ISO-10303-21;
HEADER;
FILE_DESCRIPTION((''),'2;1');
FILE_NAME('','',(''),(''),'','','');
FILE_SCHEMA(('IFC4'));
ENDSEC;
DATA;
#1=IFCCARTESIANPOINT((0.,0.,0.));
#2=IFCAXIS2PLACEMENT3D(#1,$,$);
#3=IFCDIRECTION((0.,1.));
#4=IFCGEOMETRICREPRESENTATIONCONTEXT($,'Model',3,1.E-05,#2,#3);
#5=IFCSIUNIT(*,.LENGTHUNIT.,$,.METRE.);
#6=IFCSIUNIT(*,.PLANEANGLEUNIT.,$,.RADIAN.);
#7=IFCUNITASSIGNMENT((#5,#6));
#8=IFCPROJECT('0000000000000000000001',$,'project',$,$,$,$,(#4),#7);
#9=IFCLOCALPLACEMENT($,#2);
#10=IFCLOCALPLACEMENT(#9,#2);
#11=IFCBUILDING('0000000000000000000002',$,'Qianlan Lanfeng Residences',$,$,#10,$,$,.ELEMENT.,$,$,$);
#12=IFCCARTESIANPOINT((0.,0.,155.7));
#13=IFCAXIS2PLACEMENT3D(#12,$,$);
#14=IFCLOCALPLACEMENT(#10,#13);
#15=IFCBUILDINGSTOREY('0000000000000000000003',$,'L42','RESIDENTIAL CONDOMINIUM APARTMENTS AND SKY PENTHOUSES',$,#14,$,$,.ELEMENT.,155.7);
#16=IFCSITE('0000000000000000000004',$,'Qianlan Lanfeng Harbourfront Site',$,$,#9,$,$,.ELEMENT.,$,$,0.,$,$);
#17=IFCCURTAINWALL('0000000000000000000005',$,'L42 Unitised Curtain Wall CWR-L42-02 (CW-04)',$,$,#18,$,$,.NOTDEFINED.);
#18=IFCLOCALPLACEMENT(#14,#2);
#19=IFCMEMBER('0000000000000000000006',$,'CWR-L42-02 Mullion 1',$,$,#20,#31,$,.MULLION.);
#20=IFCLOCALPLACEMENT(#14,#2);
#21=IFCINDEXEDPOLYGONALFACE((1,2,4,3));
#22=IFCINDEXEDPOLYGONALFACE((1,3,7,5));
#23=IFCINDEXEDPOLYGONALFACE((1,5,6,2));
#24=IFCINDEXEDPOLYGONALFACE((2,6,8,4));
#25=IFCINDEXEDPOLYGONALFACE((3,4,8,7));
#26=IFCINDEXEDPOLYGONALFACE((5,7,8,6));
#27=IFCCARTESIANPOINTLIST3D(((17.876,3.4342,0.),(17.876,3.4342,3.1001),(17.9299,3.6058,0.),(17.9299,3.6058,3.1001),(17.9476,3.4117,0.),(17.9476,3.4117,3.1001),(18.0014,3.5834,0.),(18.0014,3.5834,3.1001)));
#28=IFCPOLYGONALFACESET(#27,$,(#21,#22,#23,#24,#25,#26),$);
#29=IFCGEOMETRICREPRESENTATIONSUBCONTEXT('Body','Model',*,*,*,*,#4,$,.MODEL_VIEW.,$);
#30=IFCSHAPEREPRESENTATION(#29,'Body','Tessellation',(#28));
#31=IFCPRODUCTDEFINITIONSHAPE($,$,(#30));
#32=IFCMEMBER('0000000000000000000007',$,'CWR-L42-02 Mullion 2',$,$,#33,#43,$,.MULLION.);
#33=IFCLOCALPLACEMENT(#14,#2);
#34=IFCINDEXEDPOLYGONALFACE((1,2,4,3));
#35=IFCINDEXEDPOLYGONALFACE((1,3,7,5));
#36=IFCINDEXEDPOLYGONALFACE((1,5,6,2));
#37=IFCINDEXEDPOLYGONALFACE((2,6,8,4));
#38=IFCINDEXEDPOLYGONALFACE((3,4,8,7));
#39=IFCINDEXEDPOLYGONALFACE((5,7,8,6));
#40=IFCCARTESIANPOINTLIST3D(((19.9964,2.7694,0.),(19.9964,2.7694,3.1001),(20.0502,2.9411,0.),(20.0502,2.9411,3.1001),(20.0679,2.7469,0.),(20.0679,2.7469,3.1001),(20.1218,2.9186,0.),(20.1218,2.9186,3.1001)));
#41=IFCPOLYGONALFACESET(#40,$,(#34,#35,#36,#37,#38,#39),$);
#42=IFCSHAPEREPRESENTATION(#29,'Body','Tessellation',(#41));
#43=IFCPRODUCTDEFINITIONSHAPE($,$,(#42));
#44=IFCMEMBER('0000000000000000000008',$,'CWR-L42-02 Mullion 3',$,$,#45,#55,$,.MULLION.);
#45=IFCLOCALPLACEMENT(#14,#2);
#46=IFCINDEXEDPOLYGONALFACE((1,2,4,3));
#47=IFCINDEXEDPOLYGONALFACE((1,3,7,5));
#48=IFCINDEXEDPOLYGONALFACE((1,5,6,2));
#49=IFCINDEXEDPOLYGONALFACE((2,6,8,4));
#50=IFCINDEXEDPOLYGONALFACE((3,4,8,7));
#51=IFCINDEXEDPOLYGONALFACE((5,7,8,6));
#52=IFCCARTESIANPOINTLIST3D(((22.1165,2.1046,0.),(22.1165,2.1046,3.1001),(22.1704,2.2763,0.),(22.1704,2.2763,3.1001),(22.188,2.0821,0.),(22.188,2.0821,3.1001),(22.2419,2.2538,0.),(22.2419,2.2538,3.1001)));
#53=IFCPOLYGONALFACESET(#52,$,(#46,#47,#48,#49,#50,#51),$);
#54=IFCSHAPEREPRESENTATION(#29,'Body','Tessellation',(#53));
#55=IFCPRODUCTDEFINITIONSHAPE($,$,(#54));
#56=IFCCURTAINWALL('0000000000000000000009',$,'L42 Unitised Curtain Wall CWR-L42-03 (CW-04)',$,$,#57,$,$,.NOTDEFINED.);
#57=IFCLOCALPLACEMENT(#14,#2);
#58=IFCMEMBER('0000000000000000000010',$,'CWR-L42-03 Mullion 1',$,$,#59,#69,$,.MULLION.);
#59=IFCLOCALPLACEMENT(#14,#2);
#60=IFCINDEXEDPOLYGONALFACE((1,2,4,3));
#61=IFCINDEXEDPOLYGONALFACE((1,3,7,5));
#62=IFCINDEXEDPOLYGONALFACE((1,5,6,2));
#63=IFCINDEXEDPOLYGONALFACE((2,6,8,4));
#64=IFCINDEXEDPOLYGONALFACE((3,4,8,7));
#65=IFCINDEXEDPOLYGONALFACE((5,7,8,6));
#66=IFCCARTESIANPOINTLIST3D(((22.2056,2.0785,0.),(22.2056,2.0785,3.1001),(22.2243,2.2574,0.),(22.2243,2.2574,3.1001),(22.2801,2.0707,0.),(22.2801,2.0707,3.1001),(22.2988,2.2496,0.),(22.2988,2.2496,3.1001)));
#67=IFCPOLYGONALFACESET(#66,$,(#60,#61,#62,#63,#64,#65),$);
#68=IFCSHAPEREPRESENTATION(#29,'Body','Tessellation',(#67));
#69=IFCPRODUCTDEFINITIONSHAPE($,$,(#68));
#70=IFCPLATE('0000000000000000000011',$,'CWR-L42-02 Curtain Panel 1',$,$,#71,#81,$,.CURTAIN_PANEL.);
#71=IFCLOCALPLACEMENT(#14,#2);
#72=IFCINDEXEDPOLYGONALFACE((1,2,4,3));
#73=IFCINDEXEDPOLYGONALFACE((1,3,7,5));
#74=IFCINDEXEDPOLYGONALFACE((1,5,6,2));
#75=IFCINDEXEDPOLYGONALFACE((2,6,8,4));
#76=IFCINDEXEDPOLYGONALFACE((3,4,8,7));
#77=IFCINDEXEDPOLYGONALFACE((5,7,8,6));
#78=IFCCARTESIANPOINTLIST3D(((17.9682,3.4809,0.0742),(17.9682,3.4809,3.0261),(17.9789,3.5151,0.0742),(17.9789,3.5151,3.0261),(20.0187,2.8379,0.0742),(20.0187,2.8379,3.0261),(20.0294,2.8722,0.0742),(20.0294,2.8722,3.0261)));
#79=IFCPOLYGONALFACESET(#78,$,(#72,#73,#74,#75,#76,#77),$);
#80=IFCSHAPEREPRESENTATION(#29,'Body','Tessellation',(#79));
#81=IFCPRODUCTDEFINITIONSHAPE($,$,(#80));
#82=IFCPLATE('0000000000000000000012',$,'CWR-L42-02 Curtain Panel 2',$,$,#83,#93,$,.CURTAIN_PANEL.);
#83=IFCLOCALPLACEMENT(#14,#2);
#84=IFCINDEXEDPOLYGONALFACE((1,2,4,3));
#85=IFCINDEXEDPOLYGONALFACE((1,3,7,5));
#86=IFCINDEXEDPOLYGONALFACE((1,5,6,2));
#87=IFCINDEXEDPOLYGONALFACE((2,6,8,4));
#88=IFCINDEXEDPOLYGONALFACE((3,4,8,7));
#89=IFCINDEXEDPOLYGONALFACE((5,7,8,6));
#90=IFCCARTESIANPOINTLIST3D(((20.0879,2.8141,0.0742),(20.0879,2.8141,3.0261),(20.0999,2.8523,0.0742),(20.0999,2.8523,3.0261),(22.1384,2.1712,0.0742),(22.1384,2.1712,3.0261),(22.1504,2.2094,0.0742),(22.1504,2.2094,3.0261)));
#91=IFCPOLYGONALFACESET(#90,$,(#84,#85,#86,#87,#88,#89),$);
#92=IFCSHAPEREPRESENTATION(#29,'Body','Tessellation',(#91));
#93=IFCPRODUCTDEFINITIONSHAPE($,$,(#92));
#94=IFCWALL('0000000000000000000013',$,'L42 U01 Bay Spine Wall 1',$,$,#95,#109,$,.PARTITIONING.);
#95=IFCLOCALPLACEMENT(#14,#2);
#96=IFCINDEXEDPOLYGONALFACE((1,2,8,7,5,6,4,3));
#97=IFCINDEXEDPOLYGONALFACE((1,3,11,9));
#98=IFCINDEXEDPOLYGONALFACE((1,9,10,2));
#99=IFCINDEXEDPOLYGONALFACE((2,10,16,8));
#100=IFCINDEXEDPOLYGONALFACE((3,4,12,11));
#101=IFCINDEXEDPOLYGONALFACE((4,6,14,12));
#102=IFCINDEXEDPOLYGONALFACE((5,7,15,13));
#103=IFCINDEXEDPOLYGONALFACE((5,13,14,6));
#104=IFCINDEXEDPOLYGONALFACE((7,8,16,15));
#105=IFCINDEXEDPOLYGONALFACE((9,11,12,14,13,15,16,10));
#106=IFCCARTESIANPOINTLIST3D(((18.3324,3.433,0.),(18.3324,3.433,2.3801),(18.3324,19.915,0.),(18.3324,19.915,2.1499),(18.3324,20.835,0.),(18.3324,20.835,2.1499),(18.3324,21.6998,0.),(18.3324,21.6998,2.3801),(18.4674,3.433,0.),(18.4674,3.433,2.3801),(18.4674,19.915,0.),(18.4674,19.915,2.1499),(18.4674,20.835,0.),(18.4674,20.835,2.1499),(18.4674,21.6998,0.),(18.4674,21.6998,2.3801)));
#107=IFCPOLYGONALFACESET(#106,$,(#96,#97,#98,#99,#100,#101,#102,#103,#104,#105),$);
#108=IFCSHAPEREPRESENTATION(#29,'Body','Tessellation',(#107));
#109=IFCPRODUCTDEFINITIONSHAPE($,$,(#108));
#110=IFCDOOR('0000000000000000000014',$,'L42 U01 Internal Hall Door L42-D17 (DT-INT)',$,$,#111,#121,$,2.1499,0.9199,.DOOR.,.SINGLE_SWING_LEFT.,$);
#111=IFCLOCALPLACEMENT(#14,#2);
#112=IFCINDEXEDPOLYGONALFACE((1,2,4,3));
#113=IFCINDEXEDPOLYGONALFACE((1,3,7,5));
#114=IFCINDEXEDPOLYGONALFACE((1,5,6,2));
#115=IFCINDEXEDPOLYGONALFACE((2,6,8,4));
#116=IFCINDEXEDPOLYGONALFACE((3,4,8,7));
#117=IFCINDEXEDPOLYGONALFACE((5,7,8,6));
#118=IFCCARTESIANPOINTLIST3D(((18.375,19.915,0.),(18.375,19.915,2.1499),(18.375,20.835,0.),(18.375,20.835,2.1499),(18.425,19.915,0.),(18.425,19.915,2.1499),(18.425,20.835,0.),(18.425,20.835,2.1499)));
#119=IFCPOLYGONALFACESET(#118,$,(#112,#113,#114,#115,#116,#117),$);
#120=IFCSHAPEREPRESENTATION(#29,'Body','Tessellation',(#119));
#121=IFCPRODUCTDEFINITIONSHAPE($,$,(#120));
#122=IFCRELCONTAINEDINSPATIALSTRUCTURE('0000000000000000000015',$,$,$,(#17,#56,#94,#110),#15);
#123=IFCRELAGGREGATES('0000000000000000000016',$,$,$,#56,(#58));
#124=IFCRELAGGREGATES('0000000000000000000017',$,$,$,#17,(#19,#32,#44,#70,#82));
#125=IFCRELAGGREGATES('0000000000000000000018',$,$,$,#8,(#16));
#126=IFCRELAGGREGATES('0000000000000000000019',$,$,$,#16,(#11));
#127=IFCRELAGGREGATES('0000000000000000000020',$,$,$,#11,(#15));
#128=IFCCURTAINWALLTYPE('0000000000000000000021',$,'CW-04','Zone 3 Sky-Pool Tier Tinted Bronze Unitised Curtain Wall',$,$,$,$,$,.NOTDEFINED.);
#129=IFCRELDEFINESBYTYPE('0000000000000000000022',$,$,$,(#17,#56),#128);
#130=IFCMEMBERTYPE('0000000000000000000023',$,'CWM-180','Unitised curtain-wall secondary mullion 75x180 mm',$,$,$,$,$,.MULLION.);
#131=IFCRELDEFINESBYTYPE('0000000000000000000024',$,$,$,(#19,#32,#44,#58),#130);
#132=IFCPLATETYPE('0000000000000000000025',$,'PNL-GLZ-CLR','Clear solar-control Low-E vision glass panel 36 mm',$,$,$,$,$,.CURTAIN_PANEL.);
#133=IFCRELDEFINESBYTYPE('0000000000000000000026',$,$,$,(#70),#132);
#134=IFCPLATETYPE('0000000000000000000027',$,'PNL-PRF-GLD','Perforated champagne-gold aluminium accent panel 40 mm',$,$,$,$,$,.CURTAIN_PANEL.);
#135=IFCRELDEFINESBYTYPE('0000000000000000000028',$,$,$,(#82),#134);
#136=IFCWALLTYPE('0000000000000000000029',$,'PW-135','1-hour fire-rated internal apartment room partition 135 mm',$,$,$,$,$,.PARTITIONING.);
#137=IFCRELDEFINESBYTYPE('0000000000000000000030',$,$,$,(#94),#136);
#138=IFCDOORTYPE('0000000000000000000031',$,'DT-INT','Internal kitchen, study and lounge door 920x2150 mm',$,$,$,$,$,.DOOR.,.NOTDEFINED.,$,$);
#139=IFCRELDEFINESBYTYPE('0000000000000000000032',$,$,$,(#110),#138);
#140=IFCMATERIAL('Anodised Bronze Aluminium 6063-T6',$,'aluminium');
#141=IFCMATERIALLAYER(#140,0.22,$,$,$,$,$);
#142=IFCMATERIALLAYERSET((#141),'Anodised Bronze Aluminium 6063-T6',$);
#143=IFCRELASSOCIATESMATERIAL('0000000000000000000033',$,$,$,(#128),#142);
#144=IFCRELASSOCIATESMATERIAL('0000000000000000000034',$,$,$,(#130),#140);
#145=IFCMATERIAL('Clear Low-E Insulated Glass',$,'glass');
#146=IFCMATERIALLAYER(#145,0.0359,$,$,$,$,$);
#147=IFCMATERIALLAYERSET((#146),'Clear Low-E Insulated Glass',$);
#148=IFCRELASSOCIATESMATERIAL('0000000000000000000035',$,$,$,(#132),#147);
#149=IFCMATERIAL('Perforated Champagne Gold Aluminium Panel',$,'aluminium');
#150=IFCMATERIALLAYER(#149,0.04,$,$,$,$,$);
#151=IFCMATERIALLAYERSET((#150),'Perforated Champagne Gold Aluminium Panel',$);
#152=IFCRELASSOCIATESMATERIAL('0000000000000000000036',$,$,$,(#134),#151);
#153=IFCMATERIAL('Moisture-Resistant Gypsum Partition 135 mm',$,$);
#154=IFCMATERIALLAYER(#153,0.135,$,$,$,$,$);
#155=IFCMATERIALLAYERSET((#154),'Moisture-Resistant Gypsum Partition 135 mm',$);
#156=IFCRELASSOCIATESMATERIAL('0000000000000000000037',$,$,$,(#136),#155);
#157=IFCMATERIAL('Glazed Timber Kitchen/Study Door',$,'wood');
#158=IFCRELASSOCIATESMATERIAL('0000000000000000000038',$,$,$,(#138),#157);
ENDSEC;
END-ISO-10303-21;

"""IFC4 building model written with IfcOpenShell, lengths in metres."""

from ifc_helpers import new_model, si_unit, direction, frame, frame_2d, origin, origin_2d, place, context, subcontext, project, spatial, rectangle, extrude, source, transform, mapped, material, layer, layer_set, material_profile, profile_set, type_object, element, fill, aggregate, save


model = new_model("IFC4")

# Units and contexts
model_context = context("Model", 3, precision=1e-05, world=origin(), true_north=direction((0.0, 1.0)))
body_context = subcontext(model_context, "Body", "Model", "MODEL_VIEW")
ifc_project = project(units=[si_unit("LENGTHUNIT", "METRE"), si_unit("PLANEANGLEUNIT", "RADIAN")], contexts=[model_context])

# Site, building, storey
site_placement = place(None, origin())
site = spatial("IfcSite", under=ifc_project, at=site_placement, Name="Qianlan Lanfeng Harbourfront Site", CompositionType="ELEMENT", RefElevation=0.0)
building_placement = place(site_placement, origin())
building = spatial("IfcBuilding", under=site, at=building_placement, Name="Qianlan Lanfeng Residences", CompositionType="ELEMENT")
storey_placement = place(building_placement, frame((0.0, 0.0, 155.7)))
storey = spatial("IfcBuildingStorey", under=building, at=storey_placement, Name="L42", Description="RESIDENTIAL CONDOMINIUM APARTMENTS AND SKY PENTHOUSES", CompositionType="ELEMENT", Elevation=155.7)

# Curtain wall
ifc_material_1 = material(Name="Anodised Bronze Aluminium 6063-T6", Category="aluminium")
ifc_layer_1 = layer(ifc_material_1, 0.22)
ifc_layer_set_1 = layer_set([ifc_layer_1], Name="Anodised Bronze Aluminium 6063-T6")
curtain_wall_type = type_object("IfcCurtainWallType", Name="CW-04", Description="Zone 3 Sky-Pool Tier Tinted Bronze Unitised Curtain Wall", PredefinedType="NOTDEFINED", material=ifc_layer_set_1)
curtain_wall_1_placement = place(storey_placement, origin())
curtain_wall_1 = element("IfcCurtainWall", 1, at=curtain_wall_1_placement, inside=storey, type_object=curtain_wall_type, Name="L42 Unitised Curtain Wall CWR-L42-02 (CW-04)", PredefinedType="NOTDEFINED")

# Shared definitions
ifc_material_profile_1 = material_profile(ifc_material_1, rectangle(XDim=0.075, YDim=0.1799, at=origin_2d()), Name="ALU MULLION 75x180")
ifc_profile_set_1 = profile_set([ifc_material_profile_1], Name="Anodised Bronze Aluminium 6063-T6")
member_type_1 = type_object("IfcMemberType", Name="CWM-180", Description="Unitised curtain-wall secondary mullion 75x180 mm", PredefinedType="MULLION", material=ifc_profile_set_1)
shared_shape_1 = source(origin(), body_context, "Body", "SweptSolid", [
    extrude(rectangle(XDim=0.075, YDim=0.1799, at=origin_2d()), origin(), (0.0, 0.0, 1.0), 3.1001),
])

# Members
member_1_placement = place(storey_placement, frame((17.9387, 3.5088, 0.0), z_axis=(0.0, 0.0, 1.0), x_axis=(0.954196, -0.299182, 0.0)))
member_1 = element("IfcMember", 2, at=member_1_placement, type_object=member_type_1, Name="CWR-L42-02 Mullion 1", PredefinedType="MULLION", context=body_context, shape_type="MappedRepresentation", body=[
    mapped(shared_shape_1, transform((0.0, 0.0, 0.0), scale=1.0)),
])
member_2_placement = place(storey_placement, frame((20.0591, 2.844, 0.0), z_axis=(0.0, 0.0, 1.0), x_axis=(0.954196, -0.299182, 0.0)))
member_2 = element("IfcMember", 3, at=member_2_placement, type_object=member_type_1, Name="CWR-L42-02 Mullion 2", PredefinedType="MULLION", context=body_context, shape_type="MappedRepresentation", body=[
    mapped(shared_shape_1, transform((0.0, 0.0, 0.0), scale=1.0)),
])
member_3_placement = place(storey_placement, frame((22.1792, 2.1792, 0.0), z_axis=(0.0, 0.0, 1.0), x_axis=(0.954196, -0.299182, 0.0)))
member_3 = element("IfcMember", 4, at=member_3_placement, type_object=member_type_1, Name="CWR-L42-02 Mullion 3", PredefinedType="MULLION", context=body_context, shape_type="MappedRepresentation", body=[
    mapped(shared_shape_1, transform((0.0, 0.0, 0.0), scale=1.0)),
])

# Curtain wall, member
curtain_wall_2_placement = place(storey_placement, origin())
curtain_wall_2 = element("IfcCurtainWall", 5, at=curtain_wall_2_placement, inside=storey, type_object=curtain_wall_type, Name="L42 Unitised Curtain Wall CWR-L42-03 (CW-04)", PredefinedType="NOTDEFINED")
member_4_placement = place(storey_placement, frame((22.2522, 2.1641, 0.0), z_axis=(0.0, 0.0, 1.0), x_axis=(0.994579, -0.103983, 0.0)))
member_4 = element("IfcMember", 6, at=member_4_placement, type_object=member_type_1, Name="CWR-L42-03 Mullion 1", PredefinedType="MULLION", context=body_context, shape_type="MappedRepresentation", body=[
    mapped(shared_shape_1, transform((0.0, 0.0, 0.0), scale=1.0)),
])
aggregate(curtain_wall_2, [member_4])

# Plates
ifc_material_2 = material(Name="Clear Low-E Insulated Glass", Category="glass")
ifc_layer_2 = layer(ifc_material_2, 0.0359)
ifc_layer_set_2 = layer_set([ifc_layer_2], Name="Clear Low-E Insulated Glass")
plate_type_1 = type_object("IfcPlateType", Name="PNL-GLZ-CLR", Description="Clear solar-control Low-E vision glass panel 36 mm", PredefinedType="CURTAIN_PANEL", material=ifc_layer_set_2)
shared_shape_2 = source(origin(), body_context, "Body", "SweptSolid", [
    extrude(rectangle(XDim=2.1489, YDim=0.0359, at=origin_2d()), origin(), (0.0, 0.0, 1.0), 2.9519),
])
plate_1_placement = place(storey_placement, frame((18.9988, 3.1765, 0.0742), z_axis=(0.0, 0.0, 1.0), x_axis=(0.954196, -0.299182, 0.0)))
plate_1 = element("IfcPlate", 7, at=plate_1_placement, type_object=plate_type_1, Name="CWR-L42-02 Curtain Panel 1", PredefinedType="CURTAIN_PANEL", context=body_context, shape_type="MappedRepresentation", body=[
    mapped(shared_shape_2, transform((0.0, 0.0, 0.0), scale=1.0)),
])
ifc_material_3 = material(Name="Perforated Champagne Gold Aluminium Panel", Category="aluminium")
ifc_layer_3 = layer(ifc_material_3, 0.04)
ifc_layer_set_3 = layer_set([ifc_layer_3], Name="Perforated Champagne Gold Aluminium Panel")
plate_type_2 = type_object("IfcPlateType", Name="PNL-PRF-GLD", Description="Perforated champagne-gold aluminium accent panel 40 mm", PredefinedType="CURTAIN_PANEL", material=ifc_layer_set_3)
shared_shape_3 = source(origin(), body_context, "Body", "SweptSolid", [
    extrude(rectangle(XDim=2.1489, YDim=0.04, at=origin_2d()), origin(), (0.0, 0.0, 1.0), 2.9519),
])
plate_2_placement = place(storey_placement, frame((21.1191, 2.5117, 0.0742), z_axis=(0.0, 0.0, 1.0), x_axis=(0.954196, -0.299182, 0.0)))
plate_2 = element("IfcPlate", 8, at=plate_2_placement, type_object=plate_type_2, Name="CWR-L42-02 Curtain Panel 2", PredefinedType="CURTAIN_PANEL", context=body_context, shape_type="MappedRepresentation", body=[
    mapped(shared_shape_3, transform((0.0, 0.0, 0.0), scale=1.0)),
])
aggregate(curtain_wall_1, [member_1, member_2, member_3, plate_1, plate_2])

# Wall, opening, door
ifc_material_4 = material(Name="Moisture-Resistant Gypsum Partition 135 mm")
ifc_layer_4 = layer(ifc_material_4, 0.135)
ifc_layer_set_4 = layer_set([ifc_layer_4], Name="Moisture-Resistant Gypsum Partition 135 mm")
wall_type = type_object("IfcWallType", Name="PW-135", Description="1-hour fire-rated internal apartment room partition 135 mm", PredefinedType="PARTITIONING", material=ifc_layer_set_4)
wall_1_placement = place(storey_placement, frame((18.3999, 3.4331, 0.0), z_axis=(0.0, 0.0, 1.0), x_axis=(0.0, 1.0, 0.0)))
wall_1 = element("IfcWall", 9, at=wall_1_placement, inside=storey, type_object=wall_type, Name="L42 U01 Bay Spine Wall 1", PredefinedType="PARTITIONING", context=body_context, shape_type="SweptSolid", body=[
    extrude(rectangle(XDim=18.2668, YDim=0.135, at=frame_2d((9.1333, 0.0))), origin(), (0.0, 0.0, 1.0), 2.3801),
])
opening_1_placement = place(wall_1_placement, frame((16.4819, 0.0, 0.0)))
opening_1 = element("IfcOpeningElement", 10, at=opening_1_placement, cuts=wall_1, PredefinedType="OPENING", context=body_context, shape_type="SweptSolid", body=[
    extrude(rectangle(XDim=0.9199, YDim=2.1499, at=frame_2d((0.46, 1.075))), frame((0.0, 0.0776, 0.0), z_axis=(0.0, -1.0, 0.0), x_axis=(1.0, 0.0, 0.0)), (0.0, 0.0, 1.0), 0.155),
])
ifc_material_5 = material(Name="Glazed Timber Kitchen/Study Door", Category="wood")
door_type_1 = type_object("IfcDoorType", Name="DT-INT", Description="Internal kitchen, study and lounge door 920x2150 mm", OperationType="NOTDEFINED", PredefinedType="DOOR", material=ifc_material_5)
door_1_placement = place(opening_1_placement, origin())
door_1 = element("IfcDoor", 11, at=door_1_placement, inside=storey, type_object=door_type_1, Name="L42 U01 Internal Hall Door L42-D17 (DT-INT)", OperationType="SINGLE_SWING_LEFT", OverallHeight=2.1499, OverallWidth=0.9199, PredefinedType="DOOR", context=body_context, shape_type="SweptSolid", body=[
    extrude(rectangle(XDim=0.9199, YDim=2.1499, at=frame_2d((0.46, 1.075))), frame((0.0, 0.0249, 0.0), z_axis=(0.0, -1.0, 0.0), x_axis=(1.0, 0.0, 0.0)), (0.0, 0.0, 1.0), 0.05),
])
fill(opening_1, door_1)

save(model, "model.ifc")
